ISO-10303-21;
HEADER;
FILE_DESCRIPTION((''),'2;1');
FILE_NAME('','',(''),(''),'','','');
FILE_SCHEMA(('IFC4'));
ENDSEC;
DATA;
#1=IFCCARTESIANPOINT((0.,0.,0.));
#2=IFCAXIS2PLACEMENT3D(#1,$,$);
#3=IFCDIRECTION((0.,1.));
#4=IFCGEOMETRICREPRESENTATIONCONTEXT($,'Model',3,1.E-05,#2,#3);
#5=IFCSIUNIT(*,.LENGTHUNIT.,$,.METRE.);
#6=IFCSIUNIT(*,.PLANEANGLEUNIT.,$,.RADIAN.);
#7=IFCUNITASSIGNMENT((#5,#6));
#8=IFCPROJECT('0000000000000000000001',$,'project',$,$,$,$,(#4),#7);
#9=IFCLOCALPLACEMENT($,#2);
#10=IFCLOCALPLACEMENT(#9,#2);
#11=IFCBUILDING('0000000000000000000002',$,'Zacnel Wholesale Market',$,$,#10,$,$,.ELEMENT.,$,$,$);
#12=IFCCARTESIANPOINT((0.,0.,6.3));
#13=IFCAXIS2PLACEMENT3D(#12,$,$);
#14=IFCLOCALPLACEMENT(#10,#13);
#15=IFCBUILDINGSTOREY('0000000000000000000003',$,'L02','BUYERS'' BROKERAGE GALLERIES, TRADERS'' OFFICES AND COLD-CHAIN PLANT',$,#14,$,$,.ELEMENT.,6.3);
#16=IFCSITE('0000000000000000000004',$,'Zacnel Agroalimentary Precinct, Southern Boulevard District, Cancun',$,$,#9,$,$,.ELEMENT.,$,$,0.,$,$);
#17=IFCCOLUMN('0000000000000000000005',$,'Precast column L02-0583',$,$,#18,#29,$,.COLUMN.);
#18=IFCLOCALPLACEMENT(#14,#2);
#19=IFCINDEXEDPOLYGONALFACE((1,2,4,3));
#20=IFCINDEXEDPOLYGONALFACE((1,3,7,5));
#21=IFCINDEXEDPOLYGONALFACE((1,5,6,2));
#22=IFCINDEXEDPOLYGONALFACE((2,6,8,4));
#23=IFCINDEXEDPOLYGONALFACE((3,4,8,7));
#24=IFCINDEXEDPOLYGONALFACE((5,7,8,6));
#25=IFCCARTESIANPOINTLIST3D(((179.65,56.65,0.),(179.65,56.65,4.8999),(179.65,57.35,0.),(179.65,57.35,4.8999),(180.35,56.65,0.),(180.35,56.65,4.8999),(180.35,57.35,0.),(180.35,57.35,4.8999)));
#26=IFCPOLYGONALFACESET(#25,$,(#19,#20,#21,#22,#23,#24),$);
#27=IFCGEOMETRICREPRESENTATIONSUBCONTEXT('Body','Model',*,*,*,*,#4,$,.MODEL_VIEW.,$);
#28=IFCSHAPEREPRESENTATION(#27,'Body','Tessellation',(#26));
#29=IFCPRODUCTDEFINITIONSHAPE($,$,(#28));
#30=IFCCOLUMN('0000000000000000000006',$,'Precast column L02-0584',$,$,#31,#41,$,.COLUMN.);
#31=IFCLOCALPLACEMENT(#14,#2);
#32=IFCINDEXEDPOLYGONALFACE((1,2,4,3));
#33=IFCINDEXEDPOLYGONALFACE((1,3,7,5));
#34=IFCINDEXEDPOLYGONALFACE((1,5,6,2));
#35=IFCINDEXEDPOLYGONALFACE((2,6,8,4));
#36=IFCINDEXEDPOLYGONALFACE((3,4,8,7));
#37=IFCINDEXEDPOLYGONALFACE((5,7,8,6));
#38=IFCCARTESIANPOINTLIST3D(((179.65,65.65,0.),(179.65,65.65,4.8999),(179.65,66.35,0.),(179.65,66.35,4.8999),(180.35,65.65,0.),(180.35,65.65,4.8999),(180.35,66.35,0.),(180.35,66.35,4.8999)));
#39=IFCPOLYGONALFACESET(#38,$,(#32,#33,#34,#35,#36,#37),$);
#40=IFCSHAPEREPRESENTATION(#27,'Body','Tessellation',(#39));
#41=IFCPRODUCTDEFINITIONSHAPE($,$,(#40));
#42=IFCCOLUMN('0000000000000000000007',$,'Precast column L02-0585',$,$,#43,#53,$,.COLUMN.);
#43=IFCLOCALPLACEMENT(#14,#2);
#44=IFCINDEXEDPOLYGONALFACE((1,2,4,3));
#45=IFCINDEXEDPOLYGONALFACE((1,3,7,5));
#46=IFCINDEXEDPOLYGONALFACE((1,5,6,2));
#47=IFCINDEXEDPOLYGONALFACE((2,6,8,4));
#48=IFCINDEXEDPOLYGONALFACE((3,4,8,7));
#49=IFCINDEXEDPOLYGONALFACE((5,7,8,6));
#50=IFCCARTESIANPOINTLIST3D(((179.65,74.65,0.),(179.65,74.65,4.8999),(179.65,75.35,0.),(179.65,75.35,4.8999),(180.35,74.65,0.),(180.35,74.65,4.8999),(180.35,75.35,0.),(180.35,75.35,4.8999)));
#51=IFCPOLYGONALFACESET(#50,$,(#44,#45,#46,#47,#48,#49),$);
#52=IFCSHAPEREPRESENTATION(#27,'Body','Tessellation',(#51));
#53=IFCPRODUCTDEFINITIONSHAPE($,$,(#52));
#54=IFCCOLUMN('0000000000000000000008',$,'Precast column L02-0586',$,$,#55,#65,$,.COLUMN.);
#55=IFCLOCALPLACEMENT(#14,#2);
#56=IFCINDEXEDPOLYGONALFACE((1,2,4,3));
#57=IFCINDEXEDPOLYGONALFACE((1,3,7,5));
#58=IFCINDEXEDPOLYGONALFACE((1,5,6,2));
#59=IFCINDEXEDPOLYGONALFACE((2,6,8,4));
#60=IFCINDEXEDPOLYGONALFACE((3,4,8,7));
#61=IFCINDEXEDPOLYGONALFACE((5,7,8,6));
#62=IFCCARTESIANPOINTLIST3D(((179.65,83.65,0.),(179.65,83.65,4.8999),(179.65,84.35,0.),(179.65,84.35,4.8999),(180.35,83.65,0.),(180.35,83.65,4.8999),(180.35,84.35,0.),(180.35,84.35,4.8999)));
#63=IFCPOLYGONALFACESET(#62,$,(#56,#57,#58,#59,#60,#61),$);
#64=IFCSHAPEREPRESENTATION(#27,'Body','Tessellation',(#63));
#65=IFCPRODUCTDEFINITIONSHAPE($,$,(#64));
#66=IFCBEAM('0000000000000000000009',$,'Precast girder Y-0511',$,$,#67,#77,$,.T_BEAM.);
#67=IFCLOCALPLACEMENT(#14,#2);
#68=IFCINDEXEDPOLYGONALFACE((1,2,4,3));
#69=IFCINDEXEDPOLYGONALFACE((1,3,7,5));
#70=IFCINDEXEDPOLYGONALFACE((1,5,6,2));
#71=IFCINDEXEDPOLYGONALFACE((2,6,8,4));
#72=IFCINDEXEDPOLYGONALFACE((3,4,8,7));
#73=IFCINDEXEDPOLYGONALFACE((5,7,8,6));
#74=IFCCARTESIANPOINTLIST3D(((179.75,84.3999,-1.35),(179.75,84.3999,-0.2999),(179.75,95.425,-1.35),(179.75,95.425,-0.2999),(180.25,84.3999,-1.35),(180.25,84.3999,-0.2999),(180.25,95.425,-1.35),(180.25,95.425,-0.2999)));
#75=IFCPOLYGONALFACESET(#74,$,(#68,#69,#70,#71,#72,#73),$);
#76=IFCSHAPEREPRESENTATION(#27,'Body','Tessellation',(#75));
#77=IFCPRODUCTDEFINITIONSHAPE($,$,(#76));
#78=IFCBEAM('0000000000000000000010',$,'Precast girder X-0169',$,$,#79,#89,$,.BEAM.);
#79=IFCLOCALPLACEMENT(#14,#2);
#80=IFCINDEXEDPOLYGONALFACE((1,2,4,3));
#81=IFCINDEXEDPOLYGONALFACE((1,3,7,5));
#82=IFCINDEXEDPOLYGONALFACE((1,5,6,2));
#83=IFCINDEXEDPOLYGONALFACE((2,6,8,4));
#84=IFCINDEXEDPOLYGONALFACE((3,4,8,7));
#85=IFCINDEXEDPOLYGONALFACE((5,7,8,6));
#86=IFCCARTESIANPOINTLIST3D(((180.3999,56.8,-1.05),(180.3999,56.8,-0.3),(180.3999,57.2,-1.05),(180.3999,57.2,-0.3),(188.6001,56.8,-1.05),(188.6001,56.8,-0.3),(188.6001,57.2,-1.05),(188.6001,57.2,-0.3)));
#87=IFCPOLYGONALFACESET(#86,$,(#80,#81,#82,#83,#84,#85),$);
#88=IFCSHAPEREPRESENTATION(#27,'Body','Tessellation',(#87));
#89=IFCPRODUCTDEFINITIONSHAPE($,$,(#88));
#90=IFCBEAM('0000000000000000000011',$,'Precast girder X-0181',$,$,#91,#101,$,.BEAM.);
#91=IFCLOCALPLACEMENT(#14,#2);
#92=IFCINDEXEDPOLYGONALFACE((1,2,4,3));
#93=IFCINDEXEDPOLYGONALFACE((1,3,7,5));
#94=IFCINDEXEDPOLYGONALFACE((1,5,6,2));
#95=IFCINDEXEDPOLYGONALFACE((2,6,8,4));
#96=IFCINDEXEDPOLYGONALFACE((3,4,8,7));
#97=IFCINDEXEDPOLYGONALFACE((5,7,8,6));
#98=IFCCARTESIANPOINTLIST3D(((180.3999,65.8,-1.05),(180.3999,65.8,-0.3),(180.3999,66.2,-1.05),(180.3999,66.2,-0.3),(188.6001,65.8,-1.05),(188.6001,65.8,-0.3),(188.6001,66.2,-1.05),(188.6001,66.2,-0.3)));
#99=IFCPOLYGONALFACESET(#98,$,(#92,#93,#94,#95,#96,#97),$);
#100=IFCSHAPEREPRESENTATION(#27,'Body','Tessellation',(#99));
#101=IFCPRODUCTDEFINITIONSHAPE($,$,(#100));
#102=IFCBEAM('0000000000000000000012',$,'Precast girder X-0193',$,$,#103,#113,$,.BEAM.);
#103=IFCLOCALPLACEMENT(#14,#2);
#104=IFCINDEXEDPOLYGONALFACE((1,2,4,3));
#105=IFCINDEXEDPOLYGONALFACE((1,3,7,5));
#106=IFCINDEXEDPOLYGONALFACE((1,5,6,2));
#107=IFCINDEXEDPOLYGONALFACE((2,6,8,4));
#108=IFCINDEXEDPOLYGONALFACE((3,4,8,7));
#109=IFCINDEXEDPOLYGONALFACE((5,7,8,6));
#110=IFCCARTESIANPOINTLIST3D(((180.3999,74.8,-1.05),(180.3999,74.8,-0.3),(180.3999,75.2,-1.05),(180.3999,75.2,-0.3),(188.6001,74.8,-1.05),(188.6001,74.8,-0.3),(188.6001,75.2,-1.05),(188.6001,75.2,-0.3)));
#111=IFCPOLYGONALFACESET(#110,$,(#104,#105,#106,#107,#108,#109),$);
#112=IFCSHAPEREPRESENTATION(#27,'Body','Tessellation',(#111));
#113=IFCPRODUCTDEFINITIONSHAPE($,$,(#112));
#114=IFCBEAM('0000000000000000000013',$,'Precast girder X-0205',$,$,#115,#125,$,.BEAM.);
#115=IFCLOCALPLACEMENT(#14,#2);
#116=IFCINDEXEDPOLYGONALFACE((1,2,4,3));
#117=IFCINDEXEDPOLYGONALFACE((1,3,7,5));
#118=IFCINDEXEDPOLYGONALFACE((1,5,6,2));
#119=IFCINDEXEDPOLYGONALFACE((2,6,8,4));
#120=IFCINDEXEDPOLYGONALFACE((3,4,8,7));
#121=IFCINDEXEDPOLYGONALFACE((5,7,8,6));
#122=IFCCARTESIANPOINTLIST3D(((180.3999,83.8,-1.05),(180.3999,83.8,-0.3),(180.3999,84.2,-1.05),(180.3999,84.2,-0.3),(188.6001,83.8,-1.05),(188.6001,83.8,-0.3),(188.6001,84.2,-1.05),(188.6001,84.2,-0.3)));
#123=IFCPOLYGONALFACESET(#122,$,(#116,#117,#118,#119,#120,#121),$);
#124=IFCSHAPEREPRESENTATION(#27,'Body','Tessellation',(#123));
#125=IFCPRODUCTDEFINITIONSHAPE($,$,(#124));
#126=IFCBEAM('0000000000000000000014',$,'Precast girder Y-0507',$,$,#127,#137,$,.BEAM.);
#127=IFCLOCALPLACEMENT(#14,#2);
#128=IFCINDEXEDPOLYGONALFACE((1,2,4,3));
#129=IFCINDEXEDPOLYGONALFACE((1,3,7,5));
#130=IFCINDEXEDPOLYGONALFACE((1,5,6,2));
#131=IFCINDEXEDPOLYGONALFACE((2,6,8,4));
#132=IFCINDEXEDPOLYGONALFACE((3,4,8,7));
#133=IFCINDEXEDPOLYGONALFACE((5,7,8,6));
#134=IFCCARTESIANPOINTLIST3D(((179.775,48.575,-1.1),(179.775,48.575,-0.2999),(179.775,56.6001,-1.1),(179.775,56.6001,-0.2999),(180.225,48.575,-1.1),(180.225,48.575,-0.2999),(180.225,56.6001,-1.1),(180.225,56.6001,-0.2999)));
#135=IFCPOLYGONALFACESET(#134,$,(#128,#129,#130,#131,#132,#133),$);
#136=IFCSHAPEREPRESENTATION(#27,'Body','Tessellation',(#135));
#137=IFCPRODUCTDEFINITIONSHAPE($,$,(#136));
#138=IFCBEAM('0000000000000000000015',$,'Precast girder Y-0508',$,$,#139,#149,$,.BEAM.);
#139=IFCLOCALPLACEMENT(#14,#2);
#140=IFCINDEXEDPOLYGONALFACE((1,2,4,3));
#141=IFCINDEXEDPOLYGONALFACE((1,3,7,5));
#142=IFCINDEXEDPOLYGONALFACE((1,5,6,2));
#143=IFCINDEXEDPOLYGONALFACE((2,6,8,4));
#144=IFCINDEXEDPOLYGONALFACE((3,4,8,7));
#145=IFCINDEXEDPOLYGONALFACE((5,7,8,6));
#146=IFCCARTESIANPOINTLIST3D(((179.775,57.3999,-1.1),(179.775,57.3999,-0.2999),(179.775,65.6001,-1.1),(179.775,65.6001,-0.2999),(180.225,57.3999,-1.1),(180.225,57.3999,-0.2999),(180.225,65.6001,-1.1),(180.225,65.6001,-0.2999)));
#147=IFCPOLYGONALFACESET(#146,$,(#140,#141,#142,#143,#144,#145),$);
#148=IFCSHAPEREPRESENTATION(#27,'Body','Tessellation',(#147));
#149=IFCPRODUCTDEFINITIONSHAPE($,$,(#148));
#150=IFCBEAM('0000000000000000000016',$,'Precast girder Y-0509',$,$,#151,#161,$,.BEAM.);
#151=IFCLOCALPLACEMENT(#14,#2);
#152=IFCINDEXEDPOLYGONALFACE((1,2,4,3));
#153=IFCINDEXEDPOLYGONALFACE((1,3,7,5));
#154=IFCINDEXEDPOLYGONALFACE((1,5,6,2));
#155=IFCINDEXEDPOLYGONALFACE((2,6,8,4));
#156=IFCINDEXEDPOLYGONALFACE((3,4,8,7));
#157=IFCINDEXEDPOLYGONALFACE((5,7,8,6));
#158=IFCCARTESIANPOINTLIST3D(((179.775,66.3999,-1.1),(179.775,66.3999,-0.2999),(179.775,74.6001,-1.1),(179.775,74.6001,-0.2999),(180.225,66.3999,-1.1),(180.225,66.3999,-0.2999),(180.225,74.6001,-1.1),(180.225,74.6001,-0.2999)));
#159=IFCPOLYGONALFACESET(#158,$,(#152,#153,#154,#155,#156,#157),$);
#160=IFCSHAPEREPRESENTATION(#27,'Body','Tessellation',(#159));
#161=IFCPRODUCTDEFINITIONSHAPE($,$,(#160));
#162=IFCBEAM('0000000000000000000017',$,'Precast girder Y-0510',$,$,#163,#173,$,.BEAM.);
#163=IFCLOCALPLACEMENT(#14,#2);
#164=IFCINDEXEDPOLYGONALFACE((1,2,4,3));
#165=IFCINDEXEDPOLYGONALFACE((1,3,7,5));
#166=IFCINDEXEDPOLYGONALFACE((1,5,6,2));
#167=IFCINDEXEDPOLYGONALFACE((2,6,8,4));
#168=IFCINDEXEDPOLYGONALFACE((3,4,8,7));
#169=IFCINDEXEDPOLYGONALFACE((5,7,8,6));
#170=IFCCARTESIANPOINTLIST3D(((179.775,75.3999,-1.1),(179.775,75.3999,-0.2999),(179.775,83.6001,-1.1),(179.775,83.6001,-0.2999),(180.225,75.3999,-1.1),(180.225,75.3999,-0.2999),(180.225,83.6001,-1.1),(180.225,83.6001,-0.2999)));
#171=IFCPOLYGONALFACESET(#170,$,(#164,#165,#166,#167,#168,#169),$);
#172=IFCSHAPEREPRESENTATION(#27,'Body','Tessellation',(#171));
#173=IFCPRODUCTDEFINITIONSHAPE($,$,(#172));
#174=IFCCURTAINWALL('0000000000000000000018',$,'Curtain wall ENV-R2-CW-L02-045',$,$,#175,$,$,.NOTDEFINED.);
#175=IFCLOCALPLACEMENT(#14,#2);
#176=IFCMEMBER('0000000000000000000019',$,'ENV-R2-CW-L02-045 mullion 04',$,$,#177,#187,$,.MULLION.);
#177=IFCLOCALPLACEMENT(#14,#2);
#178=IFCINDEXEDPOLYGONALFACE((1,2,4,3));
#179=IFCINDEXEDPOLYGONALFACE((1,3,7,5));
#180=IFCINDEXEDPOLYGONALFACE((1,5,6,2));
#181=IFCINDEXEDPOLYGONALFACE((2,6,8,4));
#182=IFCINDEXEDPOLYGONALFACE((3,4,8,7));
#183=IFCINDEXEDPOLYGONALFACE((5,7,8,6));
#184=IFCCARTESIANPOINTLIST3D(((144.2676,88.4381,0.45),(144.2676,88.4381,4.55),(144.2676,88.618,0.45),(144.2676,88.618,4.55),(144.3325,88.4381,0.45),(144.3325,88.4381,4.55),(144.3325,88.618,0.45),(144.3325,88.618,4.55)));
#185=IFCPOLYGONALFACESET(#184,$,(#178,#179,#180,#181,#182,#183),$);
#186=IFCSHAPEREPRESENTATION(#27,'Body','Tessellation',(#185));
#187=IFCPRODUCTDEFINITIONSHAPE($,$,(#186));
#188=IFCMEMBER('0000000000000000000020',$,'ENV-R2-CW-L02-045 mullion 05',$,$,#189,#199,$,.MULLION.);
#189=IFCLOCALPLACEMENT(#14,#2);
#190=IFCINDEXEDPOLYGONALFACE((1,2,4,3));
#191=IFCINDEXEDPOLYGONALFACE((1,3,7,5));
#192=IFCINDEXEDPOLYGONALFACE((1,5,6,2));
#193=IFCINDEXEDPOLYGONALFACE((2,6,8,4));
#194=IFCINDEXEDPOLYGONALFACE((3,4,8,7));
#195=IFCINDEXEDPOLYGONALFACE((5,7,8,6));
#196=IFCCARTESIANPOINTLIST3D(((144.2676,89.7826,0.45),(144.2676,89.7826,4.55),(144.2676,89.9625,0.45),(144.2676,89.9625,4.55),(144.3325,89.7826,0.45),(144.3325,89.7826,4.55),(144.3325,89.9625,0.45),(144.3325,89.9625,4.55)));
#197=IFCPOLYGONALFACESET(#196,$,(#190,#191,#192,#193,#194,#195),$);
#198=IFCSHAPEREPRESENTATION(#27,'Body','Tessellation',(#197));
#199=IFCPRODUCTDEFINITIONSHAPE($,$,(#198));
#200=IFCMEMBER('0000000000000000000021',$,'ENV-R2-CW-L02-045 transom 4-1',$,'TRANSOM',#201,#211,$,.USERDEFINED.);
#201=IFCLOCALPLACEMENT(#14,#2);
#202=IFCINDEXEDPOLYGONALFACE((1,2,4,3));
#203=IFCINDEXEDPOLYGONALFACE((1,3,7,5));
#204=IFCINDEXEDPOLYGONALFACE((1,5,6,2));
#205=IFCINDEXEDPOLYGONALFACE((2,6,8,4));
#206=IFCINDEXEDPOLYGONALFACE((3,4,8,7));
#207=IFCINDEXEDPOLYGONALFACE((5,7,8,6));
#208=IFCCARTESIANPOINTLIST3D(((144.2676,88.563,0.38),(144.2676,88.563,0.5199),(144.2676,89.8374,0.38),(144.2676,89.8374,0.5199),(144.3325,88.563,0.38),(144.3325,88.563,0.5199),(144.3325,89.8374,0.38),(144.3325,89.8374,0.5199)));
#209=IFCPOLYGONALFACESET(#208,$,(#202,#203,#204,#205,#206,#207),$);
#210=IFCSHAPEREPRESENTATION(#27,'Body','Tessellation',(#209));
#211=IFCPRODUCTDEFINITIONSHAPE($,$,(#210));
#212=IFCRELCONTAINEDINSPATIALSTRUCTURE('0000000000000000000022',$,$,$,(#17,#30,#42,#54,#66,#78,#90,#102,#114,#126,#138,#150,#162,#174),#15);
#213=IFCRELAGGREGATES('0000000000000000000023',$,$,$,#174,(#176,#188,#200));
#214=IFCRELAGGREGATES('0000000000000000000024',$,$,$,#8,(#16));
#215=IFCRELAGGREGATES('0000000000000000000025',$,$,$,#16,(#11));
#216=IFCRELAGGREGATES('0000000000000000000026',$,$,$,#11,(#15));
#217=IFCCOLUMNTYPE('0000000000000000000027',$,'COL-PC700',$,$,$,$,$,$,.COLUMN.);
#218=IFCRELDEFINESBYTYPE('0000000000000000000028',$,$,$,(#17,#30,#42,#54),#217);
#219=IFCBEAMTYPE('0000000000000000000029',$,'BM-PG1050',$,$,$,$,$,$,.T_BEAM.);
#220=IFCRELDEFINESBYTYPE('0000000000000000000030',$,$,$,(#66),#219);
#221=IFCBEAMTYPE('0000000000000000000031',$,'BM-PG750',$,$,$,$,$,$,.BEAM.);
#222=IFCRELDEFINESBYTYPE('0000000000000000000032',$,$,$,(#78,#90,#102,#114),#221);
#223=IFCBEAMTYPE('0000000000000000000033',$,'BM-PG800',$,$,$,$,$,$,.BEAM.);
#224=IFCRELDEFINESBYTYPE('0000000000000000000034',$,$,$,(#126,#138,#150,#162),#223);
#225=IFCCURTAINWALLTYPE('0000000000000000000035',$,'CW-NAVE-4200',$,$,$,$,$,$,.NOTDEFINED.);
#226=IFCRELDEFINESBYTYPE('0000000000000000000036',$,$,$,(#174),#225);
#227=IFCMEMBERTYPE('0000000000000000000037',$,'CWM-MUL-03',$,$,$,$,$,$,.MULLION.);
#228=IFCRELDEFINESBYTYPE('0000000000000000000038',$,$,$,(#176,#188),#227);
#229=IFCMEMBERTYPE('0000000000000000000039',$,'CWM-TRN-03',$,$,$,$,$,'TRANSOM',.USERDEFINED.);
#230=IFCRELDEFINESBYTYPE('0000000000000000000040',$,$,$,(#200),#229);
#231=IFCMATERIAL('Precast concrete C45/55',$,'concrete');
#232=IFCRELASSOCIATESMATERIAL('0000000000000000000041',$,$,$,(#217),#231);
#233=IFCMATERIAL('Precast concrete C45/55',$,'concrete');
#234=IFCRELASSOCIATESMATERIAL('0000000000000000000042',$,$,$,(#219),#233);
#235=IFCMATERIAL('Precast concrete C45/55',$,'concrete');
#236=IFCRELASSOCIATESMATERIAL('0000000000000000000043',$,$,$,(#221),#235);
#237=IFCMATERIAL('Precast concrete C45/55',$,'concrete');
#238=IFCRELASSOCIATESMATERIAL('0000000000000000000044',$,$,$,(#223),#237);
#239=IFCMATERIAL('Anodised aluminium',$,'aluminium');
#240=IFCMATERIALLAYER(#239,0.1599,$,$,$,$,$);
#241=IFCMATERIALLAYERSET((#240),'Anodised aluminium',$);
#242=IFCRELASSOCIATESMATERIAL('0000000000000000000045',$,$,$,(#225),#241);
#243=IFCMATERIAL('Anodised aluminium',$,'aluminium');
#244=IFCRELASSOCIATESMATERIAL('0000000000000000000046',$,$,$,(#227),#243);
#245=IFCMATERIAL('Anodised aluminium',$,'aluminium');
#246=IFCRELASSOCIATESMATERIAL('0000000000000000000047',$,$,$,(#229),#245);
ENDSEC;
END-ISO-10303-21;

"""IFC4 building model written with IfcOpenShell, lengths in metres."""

from ifc_helpers import new_model, si_unit, direction, frame, origin, origin_2d, place, context, subcontext, project, spatial, rectangle, extrude, material, layer, layer_set, material_profile, profile_set, type_object, element, aggregate, save


model = new_model("IFC4")

# Units and contexts
model_context = context("Model", 3, precision=1e-05, world=origin(), true_north=direction((0.0, 1.0)))
body_context = subcontext(model_context, "Body", "Model", "MODEL_VIEW")
ifc_project = project(units=[si_unit("LENGTHUNIT", "METRE"), si_unit("PLANEANGLEUNIT", "RADIAN")], contexts=[model_context])

# Site, building, storey
site_placement = place(None, origin())
site = spatial("IfcSite", under=ifc_project, at=site_placement, Name="Zacnel Agroalimentary Precinct, Southern Boulevard District, Cancun", CompositionType="ELEMENT", RefElevation=0.0)
building_placement = place(site_placement, origin())
building = spatial("IfcBuilding", under=site, at=building_placement, Name="Zacnel Wholesale Market", CompositionType="ELEMENT")
storey_placement = place(building_placement, frame((0.0, 0.0, 6.3)))
storey = spatial("IfcBuildingStorey", under=building, at=storey_placement, Name="L02", Description="BUYERS' BROKERAGE GALLERIES, TRADERS' OFFICES AND COLD-CHAIN PLANT", CompositionType="ELEMENT", Elevation=6.3)

# Columns
ifc_material_1 = material(Name="Precast concrete C45/55", Category="concrete")
ifc_material_profile_1 = material_profile(ifc_material_1, rectangle(XDim=0.7, YDim=0.7, at=origin_2d()), Name="PC 700x700")
ifc_profile_set_1 = profile_set([ifc_material_profile_1], Name="Precast concrete C45/55")
column_type = type_object("IfcColumnType", Name="COL-PC700", PredefinedType="COLUMN", material=ifc_profile_set_1)
for number, where, z_axis, x_axis, name in (
    (1, (180.0, 57.0, 0.0), (0.0, 0.0, 1.0), (1.0, 0.0, 0.0), "Precast column L02-0583"),
    (2, (180.0, 66.0, 0.0), (0.0, 0.0, 1.0), (1.0, 0.0, 0.0), "Precast column L02-0584"),
    (3, (180.0, 75.0, 0.0), (0.0, 0.0, 1.0), (1.0, 0.0, 0.0), "Precast column L02-0585"),
    (4, (180.0, 84.0, 0.0), (0.0, 0.0, 1.0), (1.0, 0.0, 0.0), "Precast column L02-0586"),
):
    element("IfcColumn", number, at=place(storey_placement, frame(where, z_axis=z_axis, x_axis=x_axis)), inside=storey, type_object=column_type, Name=name, PredefinedType="COLUMN", context=body_context, shape_type="SweptSolid", body=[
        extrude(rectangle(XDim=0.7, YDim=0.7, at=origin_2d()), origin(), (0.0, 0.0, 1.0), 4.8999),
    ])

# Beams
ifc_material_2 = material(Name="Precast concrete C45/55", Category="concrete")
ifc_material_profile_2 = material_profile(ifc_material_2, rectangle(XDim=0.5, YDim=1.05, at=origin_2d()), Name="PG 500x1050")
ifc_profile_set_2 = profile_set([ifc_material_profile_2], Name="Precast concrete C45/55")
beam_type_1 = type_object("IfcBeamType", Name="BM-PG1050", PredefinedType="T_BEAM", material=ifc_profile_set_2)
beam_1_placement = place(storey_placement, frame((180.0, 84.3999, -0.825), z_axis=(0.0, 1.0, 0.0), x_axis=(-1.0, 0.0, 0.0)))
element("IfcBeam", 5, at=beam_1_placement, inside=storey, type_object=beam_type_1, Name="Precast girder Y-0511", PredefinedType="T_BEAM", context=body_context, shape_type="SweptSolid", body=[
    extrude(rectangle(XDim=0.5, YDim=1.05, at=origin_2d()), origin(), (0.0, 0.0, 1.0), 11.0251),
])
ifc_material_3 = material(Name="Precast concrete C45/55", Category="concrete")
ifc_material_profile_3 = material_profile(ifc_material_3, rectangle(XDim=0.3999, YDim=0.75, at=origin_2d()), Name="PG 400x750")
ifc_profile_set_3 = profile_set([ifc_material_profile_3], Name="Precast concrete C45/55")
beam_type_2 = type_object("IfcBeamType", Name="BM-PG750", PredefinedType="BEAM", material=ifc_profile_set_3)
for number, where, z_axis, x_axis, name in (
    (6, (180.3999, 57.0, -0.675), (1.0, 0.0, 0.0), (0.0, 1.0, 0.0), "Precast girder X-0169"),
    (7, (180.3999, 66.0, -0.675), (1.0, 0.0, 0.0), (0.0, 1.0, 0.0), "Precast girder X-0181"),
    (8, (180.3999, 75.0, -0.675), (1.0, 0.0, 0.0), (0.0, 1.0, 0.0), "Precast girder X-0193"),
    (9, (180.3999, 84.0, -0.675), (1.0, 0.0, 0.0), (0.0, 1.0, 0.0), "Precast girder X-0205"),
):
    element("IfcBeam", number, at=place(storey_placement, frame(where, z_axis=z_axis, x_axis=x_axis)), inside=storey, type_object=beam_type_2, Name=name, PredefinedType="BEAM", context=body_context, shape_type="SweptSolid", body=[
        extrude(rectangle(XDim=0.3999, YDim=0.75, at=origin_2d()), origin(), (0.0, 0.0, 1.0), 8.2002),
    ])
ifc_material_4 = material(Name="Precast concrete C45/55", Category="concrete")
ifc_material_profile_4 = material_profile(ifc_material_4, rectangle(XDim=0.45, YDim=0.8, at=origin_2d()), Name="PG 450x800")
ifc_profile_set_4 = profile_set([ifc_material_profile_4], Name="Precast concrete C45/55")
beam_type_3 = type_object("IfcBeamType", Name="BM-PG800", PredefinedType="BEAM", material=ifc_profile_set_4)
beam_2_placement = place(storey_placement, frame((180.0, 48.575, -0.7), z_axis=(0.0, 1.0, 0.0), x_axis=(-1.0, 0.0, 0.0)))
element("IfcBeam", 10, at=beam_2_placement, inside=storey, type_object=beam_type_3, Name="Precast girder Y-0507", PredefinedType="BEAM", context=body_context, shape_type="SweptSolid", body=[
    extrude(rectangle(XDim=0.45, YDim=0.8, at=origin_2d()), origin(), (0.0, 0.0, 1.0), 8.0251),
])
for number, where, z_axis, x_axis, name in (
    (11, (180.0, 57.3999, -0.7), (0.0, 1.0, 0.0), (-1.0, 0.0, 0.0), "Precast girder Y-0508"),
    (12, (180.0, 66.3999, -0.7), (0.0, 1.0, 0.0), (-1.0, 0.0, 0.0), "Precast girder Y-0509"),
    (13, (180.0, 75.3999, -0.7), (0.0, 1.0, 0.0), (-1.0, 0.0, 0.0), "Precast girder Y-0510"),
):
    element("IfcBeam", number, at=place(storey_placement, frame(where, z_axis=z_axis, x_axis=x_axis)), inside=storey, type_object=beam_type_3, Name=name, PredefinedType="BEAM", context=body_context, shape_type="SweptSolid", body=[
        extrude(rectangle(XDim=0.45, YDim=0.8, at=origin_2d()), origin(), (0.0, 0.0, 1.0), 8.2002),
    ])

# Curtain wall, members
ifc_material_5 = material(Name="Anodised aluminium", Category="aluminium")
ifc_layer_1 = layer(ifc_material_5, 0.1599)
ifc_layer_set_1 = layer_set([ifc_layer_1], Name="Anodised aluminium")
curtain_wall_type = type_object("IfcCurtainWallType", Name="CW-NAVE-4200", PredefinedType="NOTDEFINED", material=ifc_layer_set_1)
curtain_wall_placement = place(storey_placement, origin())
curtain_wall = element("IfcCurtainWall", 14, at=curtain_wall_placement, inside=storey, type_object=curtain_wall_type, Name="Curtain wall ENV-R2-CW-L02-045", PredefinedType="NOTDEFINED")
ifc_material_6 = material(Name="Anodised aluminium", Category="aluminium")
ifc_material_profile_5 = material_profile(ifc_material_6, rectangle(XDim=0.0649, YDim=0.1799, at=origin_2d()), Name="AW-MULLION 65x180")
ifc_profile_set_5 = profile_set([ifc_material_profile_5], Name="Anodised aluminium")
member_type_1 = type_object("IfcMemberType", Name="CWM-MUL-03", PredefinedType="MULLION", material=ifc_profile_set_5)
member_1_placement = place(storey_placement, frame((144.3, 88.5281, 0.45), z_axis=(0.0, 0.0, 1.0), x_axis=(1.0, 0.0, 0.0)))
member_1 = element("IfcMember", 15, at=member_1_placement, type_object=member_type_1, Name="ENV-R2-CW-L02-045 mullion 04", PredefinedType="MULLION", context=body_context, shape_type="SweptSolid", body=[
    extrude(rectangle(XDim=0.0649, YDim=0.1799, at=origin_2d()), origin(), (0.0, 0.0, 1.0), 4.1001),
])
member_2_placement = place(storey_placement, frame((144.3, 89.8726, 0.45), z_axis=(0.0, 0.0, 1.0), x_axis=(1.0, 0.0, 0.0)))
member_2 = element("IfcMember", 16, at=member_2_placement, type_object=member_type_1, Name="ENV-R2-CW-L02-045 mullion 05", PredefinedType="MULLION", context=body_context, shape_type="SweptSolid", body=[
    extrude(rectangle(XDim=0.0649, YDim=0.1799, at=origin_2d()), origin(), (0.0, 0.0, 1.0), 4.1001),
])
ifc_material_7 = material(Name="Anodised aluminium", Category="aluminium")
ifc_material_profile_6 = material_profile(ifc_material_7, rectangle(XDim=0.0649, YDim=0.1399, at=origin_2d()), Name="AW-TRANSOM 65x140")
ifc_profile_set_6 = profile_set([ifc_material_profile_6], Name="Anodised aluminium")
member_type_2 = type_object("IfcMemberType", Name="CWM-TRN-03", ElementType="TRANSOM", PredefinedType="USERDEFINED", material=ifc_profile_set_6)
member_3_placement = place(storey_placement, frame((144.3, 88.563, 0.45), z_axis=(0.0, 1.0, 0.0), x_axis=(-1.0, 0.0, 0.0)))
member_3 = element("IfcMember", 17, at=member_3_placement, type_object=member_type_2, Name="ENV-R2-CW-L02-045 transom 4-1", ObjectType="TRANSOM", PredefinedType="USERDEFINED", context=body_context, shape_type="SweptSolid", body=[
    extrude(rectangle(XDim=0.0649, YDim=0.1399, at=origin_2d()), origin(), (0.0, 0.0, 1.0), 1.2744),
])
aggregate(curtain_wall, [member_1, member_2, member_3])

save(model, "model.ifc")
